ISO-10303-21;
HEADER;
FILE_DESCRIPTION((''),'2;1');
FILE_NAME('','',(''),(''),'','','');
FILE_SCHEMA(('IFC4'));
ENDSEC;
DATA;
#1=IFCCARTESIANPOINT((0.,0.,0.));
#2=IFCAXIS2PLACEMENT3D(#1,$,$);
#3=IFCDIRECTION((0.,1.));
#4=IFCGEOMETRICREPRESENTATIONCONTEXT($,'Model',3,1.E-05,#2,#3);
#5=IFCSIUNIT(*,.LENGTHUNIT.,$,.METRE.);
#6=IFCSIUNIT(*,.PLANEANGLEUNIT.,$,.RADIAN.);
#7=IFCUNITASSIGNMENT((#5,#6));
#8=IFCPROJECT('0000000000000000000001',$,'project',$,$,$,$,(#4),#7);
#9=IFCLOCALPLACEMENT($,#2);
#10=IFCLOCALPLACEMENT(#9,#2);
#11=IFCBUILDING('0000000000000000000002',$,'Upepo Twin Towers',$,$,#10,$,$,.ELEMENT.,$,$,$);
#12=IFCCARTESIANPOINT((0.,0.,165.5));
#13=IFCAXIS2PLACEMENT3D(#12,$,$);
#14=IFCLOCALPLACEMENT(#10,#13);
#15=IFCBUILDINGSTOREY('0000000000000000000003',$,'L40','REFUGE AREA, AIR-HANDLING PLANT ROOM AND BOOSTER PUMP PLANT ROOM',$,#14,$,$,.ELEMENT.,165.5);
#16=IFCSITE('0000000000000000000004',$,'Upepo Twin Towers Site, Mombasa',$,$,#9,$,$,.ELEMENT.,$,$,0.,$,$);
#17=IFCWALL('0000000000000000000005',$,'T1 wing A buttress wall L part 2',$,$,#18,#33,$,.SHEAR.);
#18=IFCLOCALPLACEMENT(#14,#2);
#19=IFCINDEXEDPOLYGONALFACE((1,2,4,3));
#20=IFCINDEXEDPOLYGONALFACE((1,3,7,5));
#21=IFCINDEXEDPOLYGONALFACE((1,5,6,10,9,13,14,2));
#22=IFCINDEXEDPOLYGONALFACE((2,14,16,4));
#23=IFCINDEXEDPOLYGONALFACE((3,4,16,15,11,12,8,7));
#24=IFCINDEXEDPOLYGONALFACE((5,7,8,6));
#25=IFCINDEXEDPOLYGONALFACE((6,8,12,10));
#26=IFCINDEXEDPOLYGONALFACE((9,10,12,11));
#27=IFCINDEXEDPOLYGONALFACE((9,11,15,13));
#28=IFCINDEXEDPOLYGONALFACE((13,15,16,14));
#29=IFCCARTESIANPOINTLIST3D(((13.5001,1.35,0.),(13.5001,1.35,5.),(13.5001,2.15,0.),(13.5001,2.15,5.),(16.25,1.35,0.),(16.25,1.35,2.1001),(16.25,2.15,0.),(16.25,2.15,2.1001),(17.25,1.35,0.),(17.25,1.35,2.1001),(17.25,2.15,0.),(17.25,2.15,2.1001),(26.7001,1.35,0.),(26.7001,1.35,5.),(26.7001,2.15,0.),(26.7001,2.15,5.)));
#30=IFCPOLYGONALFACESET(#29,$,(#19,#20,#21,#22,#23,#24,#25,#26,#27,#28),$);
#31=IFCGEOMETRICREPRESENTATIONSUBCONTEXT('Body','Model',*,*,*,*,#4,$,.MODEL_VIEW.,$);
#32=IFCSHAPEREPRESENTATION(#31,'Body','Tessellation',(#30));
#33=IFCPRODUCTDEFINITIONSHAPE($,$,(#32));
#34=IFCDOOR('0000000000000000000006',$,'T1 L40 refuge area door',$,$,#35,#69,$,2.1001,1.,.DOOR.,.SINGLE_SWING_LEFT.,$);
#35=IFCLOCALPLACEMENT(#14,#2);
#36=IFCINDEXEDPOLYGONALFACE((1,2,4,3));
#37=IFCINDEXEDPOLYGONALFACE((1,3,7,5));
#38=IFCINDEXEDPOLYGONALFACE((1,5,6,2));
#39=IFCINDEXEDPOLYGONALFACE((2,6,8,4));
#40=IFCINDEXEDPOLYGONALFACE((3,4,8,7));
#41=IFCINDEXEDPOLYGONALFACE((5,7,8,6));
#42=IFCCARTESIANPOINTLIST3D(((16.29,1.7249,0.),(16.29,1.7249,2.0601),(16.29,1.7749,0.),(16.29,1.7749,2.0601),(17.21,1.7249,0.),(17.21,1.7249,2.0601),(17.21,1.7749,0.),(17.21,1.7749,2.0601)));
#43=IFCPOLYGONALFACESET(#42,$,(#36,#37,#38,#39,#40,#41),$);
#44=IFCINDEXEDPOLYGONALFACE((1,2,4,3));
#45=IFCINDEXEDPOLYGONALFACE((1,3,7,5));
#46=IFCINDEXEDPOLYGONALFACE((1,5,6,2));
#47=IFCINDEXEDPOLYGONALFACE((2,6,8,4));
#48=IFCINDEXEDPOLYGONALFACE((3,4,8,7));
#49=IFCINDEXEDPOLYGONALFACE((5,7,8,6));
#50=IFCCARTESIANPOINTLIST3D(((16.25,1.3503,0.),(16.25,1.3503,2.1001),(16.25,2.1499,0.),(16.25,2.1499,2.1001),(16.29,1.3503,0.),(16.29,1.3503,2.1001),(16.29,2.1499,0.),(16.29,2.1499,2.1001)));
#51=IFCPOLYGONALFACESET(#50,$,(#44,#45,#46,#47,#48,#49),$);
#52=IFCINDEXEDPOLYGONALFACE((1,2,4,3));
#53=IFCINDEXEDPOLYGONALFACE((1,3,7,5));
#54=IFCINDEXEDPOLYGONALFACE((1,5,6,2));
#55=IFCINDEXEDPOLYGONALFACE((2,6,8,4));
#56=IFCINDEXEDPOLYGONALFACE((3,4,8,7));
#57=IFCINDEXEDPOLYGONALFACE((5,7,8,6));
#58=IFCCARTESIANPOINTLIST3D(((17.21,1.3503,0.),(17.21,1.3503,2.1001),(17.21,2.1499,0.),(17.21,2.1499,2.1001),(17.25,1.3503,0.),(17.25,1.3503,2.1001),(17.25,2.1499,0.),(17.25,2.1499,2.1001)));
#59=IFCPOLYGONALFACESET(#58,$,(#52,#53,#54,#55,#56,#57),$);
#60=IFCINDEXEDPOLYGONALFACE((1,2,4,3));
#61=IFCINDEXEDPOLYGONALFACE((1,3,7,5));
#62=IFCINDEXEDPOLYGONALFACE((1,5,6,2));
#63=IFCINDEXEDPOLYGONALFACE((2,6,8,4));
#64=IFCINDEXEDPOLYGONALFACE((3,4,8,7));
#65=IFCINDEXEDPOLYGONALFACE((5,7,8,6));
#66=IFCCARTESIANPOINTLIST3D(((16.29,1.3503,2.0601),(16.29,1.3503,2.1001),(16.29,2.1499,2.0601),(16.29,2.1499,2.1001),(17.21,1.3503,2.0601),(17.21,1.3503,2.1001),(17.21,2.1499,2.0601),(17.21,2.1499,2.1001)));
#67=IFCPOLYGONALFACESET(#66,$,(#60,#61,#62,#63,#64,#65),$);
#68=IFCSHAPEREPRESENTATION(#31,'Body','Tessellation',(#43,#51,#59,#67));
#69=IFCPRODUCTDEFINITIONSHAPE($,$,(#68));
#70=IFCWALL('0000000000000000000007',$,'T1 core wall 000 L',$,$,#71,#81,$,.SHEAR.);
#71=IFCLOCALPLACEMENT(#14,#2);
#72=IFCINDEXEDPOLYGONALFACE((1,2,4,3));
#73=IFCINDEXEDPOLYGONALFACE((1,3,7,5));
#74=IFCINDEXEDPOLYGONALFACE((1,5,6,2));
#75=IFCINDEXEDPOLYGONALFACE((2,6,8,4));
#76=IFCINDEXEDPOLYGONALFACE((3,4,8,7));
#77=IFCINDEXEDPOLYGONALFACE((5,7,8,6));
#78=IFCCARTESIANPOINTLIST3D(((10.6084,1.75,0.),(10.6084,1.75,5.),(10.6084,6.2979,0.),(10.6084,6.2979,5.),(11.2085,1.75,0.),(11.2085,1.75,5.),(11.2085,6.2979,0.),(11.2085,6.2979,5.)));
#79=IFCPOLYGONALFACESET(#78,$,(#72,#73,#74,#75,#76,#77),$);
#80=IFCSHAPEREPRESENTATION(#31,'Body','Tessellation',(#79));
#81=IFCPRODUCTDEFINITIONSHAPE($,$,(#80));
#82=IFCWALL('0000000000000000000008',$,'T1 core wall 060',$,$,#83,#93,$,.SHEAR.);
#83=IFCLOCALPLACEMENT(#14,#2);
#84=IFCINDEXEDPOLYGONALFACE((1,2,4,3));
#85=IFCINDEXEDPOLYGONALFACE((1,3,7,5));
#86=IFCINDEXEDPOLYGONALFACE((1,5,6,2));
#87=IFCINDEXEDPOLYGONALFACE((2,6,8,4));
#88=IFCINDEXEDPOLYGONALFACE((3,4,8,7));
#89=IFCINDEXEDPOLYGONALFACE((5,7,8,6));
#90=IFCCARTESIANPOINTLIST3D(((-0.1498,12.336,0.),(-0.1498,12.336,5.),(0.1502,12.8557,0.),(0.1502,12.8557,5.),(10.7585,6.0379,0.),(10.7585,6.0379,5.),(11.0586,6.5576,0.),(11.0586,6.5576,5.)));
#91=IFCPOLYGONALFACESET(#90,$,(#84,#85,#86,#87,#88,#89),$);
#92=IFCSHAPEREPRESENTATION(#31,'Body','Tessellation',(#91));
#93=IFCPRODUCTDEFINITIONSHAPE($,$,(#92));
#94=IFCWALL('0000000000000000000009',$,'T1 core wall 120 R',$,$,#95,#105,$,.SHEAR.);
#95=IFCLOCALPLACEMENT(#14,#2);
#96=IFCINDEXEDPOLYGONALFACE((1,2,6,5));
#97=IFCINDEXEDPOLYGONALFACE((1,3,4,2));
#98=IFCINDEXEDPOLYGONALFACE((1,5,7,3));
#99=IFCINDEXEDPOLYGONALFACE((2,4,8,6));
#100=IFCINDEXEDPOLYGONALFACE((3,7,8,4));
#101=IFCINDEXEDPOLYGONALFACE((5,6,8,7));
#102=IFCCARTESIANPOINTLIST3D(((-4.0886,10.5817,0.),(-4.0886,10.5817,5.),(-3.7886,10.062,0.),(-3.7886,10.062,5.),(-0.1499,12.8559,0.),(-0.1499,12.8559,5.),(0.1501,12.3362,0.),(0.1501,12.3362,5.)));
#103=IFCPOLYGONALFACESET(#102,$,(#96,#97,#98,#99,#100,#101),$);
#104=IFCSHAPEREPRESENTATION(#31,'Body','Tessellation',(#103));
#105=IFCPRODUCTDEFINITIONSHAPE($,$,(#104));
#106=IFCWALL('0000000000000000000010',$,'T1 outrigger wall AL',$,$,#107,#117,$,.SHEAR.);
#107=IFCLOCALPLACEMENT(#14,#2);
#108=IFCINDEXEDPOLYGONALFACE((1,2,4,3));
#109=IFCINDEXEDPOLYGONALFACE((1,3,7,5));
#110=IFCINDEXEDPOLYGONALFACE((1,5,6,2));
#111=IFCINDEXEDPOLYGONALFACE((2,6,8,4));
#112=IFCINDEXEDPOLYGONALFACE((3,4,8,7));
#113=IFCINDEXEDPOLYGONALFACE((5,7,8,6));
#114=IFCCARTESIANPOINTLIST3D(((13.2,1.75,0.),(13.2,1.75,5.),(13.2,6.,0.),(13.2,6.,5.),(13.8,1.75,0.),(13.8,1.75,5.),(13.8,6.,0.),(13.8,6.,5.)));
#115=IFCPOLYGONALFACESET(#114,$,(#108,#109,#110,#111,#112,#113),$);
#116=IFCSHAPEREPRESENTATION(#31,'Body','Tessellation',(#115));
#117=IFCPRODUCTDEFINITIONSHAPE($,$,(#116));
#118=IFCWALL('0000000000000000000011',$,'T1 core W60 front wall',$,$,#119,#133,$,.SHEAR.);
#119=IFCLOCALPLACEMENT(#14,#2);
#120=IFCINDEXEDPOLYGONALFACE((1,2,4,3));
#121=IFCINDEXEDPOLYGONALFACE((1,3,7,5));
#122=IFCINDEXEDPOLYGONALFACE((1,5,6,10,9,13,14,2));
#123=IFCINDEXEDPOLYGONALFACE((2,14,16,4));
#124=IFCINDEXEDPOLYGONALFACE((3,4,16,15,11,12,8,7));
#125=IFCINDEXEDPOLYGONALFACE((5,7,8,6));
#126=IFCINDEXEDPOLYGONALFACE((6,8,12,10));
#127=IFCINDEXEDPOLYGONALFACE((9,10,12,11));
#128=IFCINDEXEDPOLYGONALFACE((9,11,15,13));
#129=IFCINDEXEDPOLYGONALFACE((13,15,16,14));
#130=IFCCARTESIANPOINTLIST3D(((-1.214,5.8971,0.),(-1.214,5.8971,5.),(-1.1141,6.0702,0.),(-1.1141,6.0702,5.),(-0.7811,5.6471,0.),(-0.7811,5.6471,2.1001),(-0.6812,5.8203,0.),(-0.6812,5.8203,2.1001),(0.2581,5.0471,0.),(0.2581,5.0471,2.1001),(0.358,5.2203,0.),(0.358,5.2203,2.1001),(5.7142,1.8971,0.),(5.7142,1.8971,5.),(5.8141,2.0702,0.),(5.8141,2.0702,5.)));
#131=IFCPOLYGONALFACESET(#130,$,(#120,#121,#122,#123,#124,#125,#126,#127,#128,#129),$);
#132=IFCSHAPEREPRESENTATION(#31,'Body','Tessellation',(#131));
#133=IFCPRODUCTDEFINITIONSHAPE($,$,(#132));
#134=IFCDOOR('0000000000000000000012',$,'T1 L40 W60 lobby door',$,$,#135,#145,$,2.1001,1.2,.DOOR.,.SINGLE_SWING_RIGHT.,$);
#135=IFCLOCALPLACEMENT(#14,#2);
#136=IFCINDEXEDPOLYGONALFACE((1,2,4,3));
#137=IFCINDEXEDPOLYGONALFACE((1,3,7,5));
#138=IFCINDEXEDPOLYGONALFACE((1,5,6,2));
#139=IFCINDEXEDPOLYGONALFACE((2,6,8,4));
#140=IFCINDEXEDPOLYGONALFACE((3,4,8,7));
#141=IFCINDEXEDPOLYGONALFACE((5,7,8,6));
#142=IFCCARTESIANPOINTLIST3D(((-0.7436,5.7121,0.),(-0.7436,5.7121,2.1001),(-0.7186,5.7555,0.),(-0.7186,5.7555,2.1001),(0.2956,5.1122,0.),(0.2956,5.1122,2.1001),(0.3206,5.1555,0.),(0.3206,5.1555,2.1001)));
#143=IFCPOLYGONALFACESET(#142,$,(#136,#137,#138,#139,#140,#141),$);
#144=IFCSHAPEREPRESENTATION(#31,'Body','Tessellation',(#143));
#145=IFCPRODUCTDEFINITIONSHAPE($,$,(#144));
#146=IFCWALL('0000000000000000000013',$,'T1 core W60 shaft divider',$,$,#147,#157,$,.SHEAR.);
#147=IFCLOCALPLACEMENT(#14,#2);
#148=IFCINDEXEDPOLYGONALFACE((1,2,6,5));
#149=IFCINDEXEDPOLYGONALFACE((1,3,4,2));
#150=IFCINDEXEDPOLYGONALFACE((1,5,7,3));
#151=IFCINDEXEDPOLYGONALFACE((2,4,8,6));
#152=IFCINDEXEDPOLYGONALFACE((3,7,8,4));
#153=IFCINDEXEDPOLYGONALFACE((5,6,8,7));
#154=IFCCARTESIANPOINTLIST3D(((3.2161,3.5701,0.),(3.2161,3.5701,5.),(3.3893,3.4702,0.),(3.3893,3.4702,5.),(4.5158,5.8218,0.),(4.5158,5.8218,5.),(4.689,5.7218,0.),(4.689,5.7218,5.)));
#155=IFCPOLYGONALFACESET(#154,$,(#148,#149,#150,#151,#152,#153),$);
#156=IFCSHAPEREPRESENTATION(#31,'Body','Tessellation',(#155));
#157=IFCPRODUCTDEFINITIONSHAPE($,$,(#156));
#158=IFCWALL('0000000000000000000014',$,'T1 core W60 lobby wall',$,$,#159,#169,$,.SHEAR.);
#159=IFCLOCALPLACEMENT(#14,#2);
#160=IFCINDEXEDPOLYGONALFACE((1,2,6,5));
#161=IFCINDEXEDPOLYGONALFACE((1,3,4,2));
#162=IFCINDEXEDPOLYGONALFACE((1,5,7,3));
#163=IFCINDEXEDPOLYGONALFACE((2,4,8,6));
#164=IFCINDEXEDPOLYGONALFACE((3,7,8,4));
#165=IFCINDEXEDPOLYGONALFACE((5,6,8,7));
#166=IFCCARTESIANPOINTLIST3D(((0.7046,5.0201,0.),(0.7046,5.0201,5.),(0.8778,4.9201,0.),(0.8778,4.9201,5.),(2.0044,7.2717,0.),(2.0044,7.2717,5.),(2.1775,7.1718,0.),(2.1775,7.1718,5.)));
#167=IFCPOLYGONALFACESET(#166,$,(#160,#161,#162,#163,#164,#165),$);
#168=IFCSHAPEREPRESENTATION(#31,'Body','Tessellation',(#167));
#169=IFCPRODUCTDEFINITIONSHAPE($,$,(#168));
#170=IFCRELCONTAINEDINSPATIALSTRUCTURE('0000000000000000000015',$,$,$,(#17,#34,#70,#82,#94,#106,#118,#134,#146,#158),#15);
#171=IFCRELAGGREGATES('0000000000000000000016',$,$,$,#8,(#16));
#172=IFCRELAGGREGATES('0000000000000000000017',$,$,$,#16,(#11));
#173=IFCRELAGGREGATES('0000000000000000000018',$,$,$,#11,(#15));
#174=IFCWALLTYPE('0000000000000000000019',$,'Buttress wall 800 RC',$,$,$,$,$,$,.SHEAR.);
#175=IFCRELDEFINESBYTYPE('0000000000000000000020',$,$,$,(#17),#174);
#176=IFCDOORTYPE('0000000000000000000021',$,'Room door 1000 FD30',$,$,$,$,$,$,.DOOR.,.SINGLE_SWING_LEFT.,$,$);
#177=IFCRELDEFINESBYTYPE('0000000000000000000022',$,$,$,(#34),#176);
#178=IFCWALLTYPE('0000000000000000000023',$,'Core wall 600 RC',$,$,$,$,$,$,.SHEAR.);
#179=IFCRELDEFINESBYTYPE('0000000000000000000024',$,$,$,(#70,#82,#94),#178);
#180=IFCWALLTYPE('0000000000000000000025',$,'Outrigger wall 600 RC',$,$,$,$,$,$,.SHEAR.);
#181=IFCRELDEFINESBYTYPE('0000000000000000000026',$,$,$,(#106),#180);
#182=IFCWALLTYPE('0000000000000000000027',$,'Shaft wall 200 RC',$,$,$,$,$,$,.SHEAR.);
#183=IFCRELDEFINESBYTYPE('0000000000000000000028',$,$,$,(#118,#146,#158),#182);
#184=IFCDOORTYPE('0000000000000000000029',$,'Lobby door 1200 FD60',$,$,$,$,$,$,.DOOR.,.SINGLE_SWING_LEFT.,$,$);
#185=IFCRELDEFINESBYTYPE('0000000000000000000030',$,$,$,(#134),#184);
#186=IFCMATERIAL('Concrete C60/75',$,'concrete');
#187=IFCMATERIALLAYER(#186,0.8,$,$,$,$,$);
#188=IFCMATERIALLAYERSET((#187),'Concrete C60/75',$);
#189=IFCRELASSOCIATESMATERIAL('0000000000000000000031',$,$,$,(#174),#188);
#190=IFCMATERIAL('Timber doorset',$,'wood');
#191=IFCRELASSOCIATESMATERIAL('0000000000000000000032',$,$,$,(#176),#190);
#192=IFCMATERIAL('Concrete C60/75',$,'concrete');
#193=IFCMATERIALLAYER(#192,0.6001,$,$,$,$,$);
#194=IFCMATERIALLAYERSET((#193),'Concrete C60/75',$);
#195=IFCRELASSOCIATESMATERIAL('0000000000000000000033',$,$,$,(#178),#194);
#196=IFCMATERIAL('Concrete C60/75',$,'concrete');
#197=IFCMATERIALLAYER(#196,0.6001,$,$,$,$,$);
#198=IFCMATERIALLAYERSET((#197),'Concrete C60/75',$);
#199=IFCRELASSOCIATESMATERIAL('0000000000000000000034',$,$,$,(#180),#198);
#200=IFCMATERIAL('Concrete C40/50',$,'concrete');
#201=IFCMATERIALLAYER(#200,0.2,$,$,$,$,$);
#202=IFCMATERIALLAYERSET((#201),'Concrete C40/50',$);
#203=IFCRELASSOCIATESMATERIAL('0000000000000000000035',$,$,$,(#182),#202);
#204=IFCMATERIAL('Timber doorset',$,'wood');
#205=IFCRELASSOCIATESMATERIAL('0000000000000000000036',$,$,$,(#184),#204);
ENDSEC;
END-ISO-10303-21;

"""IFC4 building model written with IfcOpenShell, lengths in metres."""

from ifc_helpers import new_model, si_unit, direction, frame, frame_2d, origin, place, context, subcontext, project, spatial, rectangle, extrude, material, layer, layer_set, type_object, element, fill, save


model = new_model("IFC4")

# Units and contexts
model_context = context("Model", 3, precision=1e-05, world=origin(), true_north=direction((0.0, 1.0)))
body_context = subcontext(model_context, "Body", "Model", "MODEL_VIEW")
ifc_project = project(units=[si_unit("LENGTHUNIT", "METRE"), si_unit("PLANEANGLEUNIT", "RADIAN")], contexts=[model_context])

# Site, building, storey
site_placement = place(None, origin())
site = spatial("IfcSite", under=ifc_project, at=site_placement, Name="Upepo Twin Towers Site, Mombasa", CompositionType="ELEMENT", RefElevation=0.0)
building_placement = place(site_placement, origin())
building = spatial("IfcBuilding", under=site, at=building_placement, Name="Upepo Twin Towers", CompositionType="ELEMENT")
storey_placement = place(building_placement, frame((0.0, 0.0, 165.5)))
storey = spatial("IfcBuildingStorey", under=building, at=storey_placement, Name="L40", Description="REFUGE AREA, AIR-HANDLING PLANT ROOM AND BOOSTER PUMP PLANT ROOM", CompositionType="ELEMENT", Elevation=165.5)

# Wall, opening, door
ifc_material_1 = material(Name="Concrete C60/75", Category="concrete")
ifc_layer_1 = layer(ifc_material_1, 0.8)
ifc_layer_set_1 = layer_set([ifc_layer_1], Name="Concrete C60/75")
wall_type_1 = type_object("IfcWallType", Name="Buttress wall 800 RC", PredefinedType="SHEAR", material=ifc_layer_set_1)
wall_1_placement = place(storey_placement, frame((13.5, 1.75, 0.0), z_axis=(0.0, 0.0, 1.0), x_axis=(1.0, 0.0, 0.0)))
wall_1 = element("IfcWall", 1, at=wall_1_placement, inside=storey, type_object=wall_type_1, Name="T1 wing A buttress wall L part 2", PredefinedType="SHEAR", context=body_context, shape_type="SweptSolid", body=[
    extrude(rectangle(XDim=13.2, YDim=0.8, at=frame_2d((6.6001, 0.0))), origin(), (0.0, 0.0, 1.0), 5.0),
])
opening_1_placement = place(wall_1_placement, frame((2.75, 0.0, 0.0)))
opening_1 = element("IfcOpeningElement", 2, at=opening_1_placement, cuts=wall_1, PredefinedType="OPENING", context=body_context, shape_type="SweptSolid", body=[
    extrude(rectangle(XDim=1.0, YDim=2.1001, at=frame_2d((0.5, 1.05))), frame((0.0, 0.4099, 0.0), z_axis=(0.0, -1.0, 0.0), x_axis=(1.0, 0.0, 0.0)), (0.0, 0.0, 1.0), 0.8201),
])
ifc_material_2 = material(Name="Timber doorset", Category="wood")
door_type_1 = type_object("IfcDoorType", Name="Room door 1000 FD30", OperationType="SINGLE_SWING_LEFT", PredefinedType="DOOR", material=ifc_material_2)
door_1_placement = place(opening_1_placement, origin())
door_1 = element("IfcDoor", 3, at=door_1_placement, inside=storey, type_object=door_type_1, Name="T1 L40 refuge area door", OperationType="SINGLE_SWING_LEFT", OverallHeight=2.1001, OverallWidth=1.0, PredefinedType="DOOR", context=body_context, shape_type="SweptSolid", body=[
    extrude(rectangle(XDim=0.92, YDim=2.0601, at=frame_2d((0.5, 1.03))), frame((0.0, 0.0249, 0.0), z_axis=(0.0, -1.0, 0.0), x_axis=(1.0, 0.0, 0.0)), (0.0, 0.0, 1.0), 0.05),
    extrude(rectangle(XDim=0.04, YDim=2.1001, at=frame_2d((0.02, 1.05))), frame((0.0, 0.3999, 0.0), z_axis=(0.0, -1.0, 0.0), x_axis=(1.0, 0.0, 0.0)), (0.0, 0.0, 1.0), 0.7996),
    extrude(rectangle(XDim=0.04, YDim=2.1001, at=frame_2d((0.98, 1.05))), frame((0.0, 0.3999, 0.0), z_axis=(0.0, -1.0, 0.0), x_axis=(1.0, 0.0, 0.0)), (0.0, 0.0, 1.0), 0.7996),
    extrude(rectangle(XDim=0.92, YDim=0.04, at=frame_2d((0.5, 2.0801))), frame((0.0, 0.3999, 0.0), z_axis=(0.0, -1.0, 0.0), x_axis=(1.0, 0.0, 0.0)), (0.0, 0.0, 1.0), 0.7996),
])
fill(opening_1, door_1)

# Walls
ifc_material_3 = material(Name="Concrete C60/75", Category="concrete")
ifc_layer_2 = layer(ifc_material_3, 0.6001)
ifc_layer_set_2 = layer_set([ifc_layer_2], Name="Concrete C60/75")
wall_type_2 = type_object("IfcWallType", Name="Core wall 600 RC", PredefinedType="SHEAR", material=ifc_layer_set_2)
wall_2_placement = place(storey_placement, frame((10.9084, 1.75, 0.0), z_axis=(0.0, 0.0, 1.0), x_axis=(0.0, 1.0, 0.0)))
element("IfcWall", 4, at=wall_2_placement, inside=storey, type_object=wall_type_2, Name="T1 core wall 000 L", PredefinedType="SHEAR", context=body_context, shape_type="SweptSolid", body=[
    extrude(rectangle(XDim=4.5479, YDim=0.6001, at=frame_2d((2.2739, 0.0))), origin(), (0.0, 0.0, 1.0), 5.0),
])
wall_3_placement = place(storey_placement, frame((10.9084, 6.2979, 0.0), z_axis=(0.0, 0.0, 1.0), x_axis=(-0.866022, 0.500006, 0.0)))
element("IfcWall", 5, at=wall_3_placement, inside=storey, type_object=wall_type_2, Name="T1 core wall 060", PredefinedType="SHEAR", context=body_context, shape_type="SweptSolid", body=[
    extrude(rectangle(XDim=12.5959, YDim=0.6001, at=frame_2d((6.2979, 0.0))), origin(), (0.0, 0.0, 1.0), 5.0),
])
wall_4_placement = place(storey_placement, frame((0.0, 12.5959, 0.0), z_axis=(0.0, 0.0, 1.0), x_axis=(-0.866011, -0.500024, 0.0)))
element("IfcWall", 6, at=wall_4_placement, inside=storey, type_object=wall_type_2, Name="T1 core wall 120 R", PredefinedType="SHEAR", context=body_context, shape_type="SweptSolid", body=[
    extrude(rectangle(XDim=4.5481, YDim=0.6001, at=frame_2d((2.2739, 0.0))), origin(), (0.0, 0.0, 1.0), 5.0),
])
ifc_material_4 = material(Name="Concrete C60/75", Category="concrete")
ifc_layer_3 = layer(ifc_material_4, 0.6001)
ifc_layer_set_3 = layer_set([ifc_layer_3], Name="Concrete C60/75")
wall_type_3 = type_object("IfcWallType", Name="Outrigger wall 600 RC", PredefinedType="SHEAR", material=ifc_layer_set_3)
wall_5_placement = place(storey_placement, frame((13.5, 1.75, 0.0), z_axis=(0.0, 0.0, 1.0), x_axis=(0.0, 1.0, 0.0)))
element("IfcWall", 7, at=wall_5_placement, inside=storey, type_object=wall_type_3, Name="T1 outrigger wall AL", PredefinedType="SHEAR", context=body_context, shape_type="SweptSolid", body=[
    extrude(rectangle(XDim=4.25, YDim=0.6001, at=frame_2d((2.125, 0.0))), origin(), (0.0, 0.0, 1.0), 5.0),
])

# Wall, opening, door
ifc_material_5 = material(Name="Concrete C40/50", Category="concrete")
ifc_layer_4 = layer(ifc_material_5, 0.2)
ifc_layer_set_4 = layer_set([ifc_layer_4], Name="Concrete C40/50")
wall_type_4 = type_object("IfcWallType", Name="Shaft wall 200 RC", PredefinedType="SHEAR", material=ifc_layer_set_4)
wall_6_placement = place(storey_placement, frame((5.7642, 1.9836, 0.0), z_axis=(0.0, 0.0, 1.0), x_axis=(-0.866026, 0.499999, 0.0)))
wall_6 = element("IfcWall", 8, at=wall_6_placement, inside=storey, type_object=wall_type_4, Name="T1 core W60 front wall", PredefinedType="SHEAR", context=body_context, shape_type="SweptSolid", body=[
    extrude(rectangle(XDim=8.0, YDim=0.2, at=frame_2d((4.0, 0.0))), origin(), (0.0, 0.0, 1.0), 5.0),
])
opening_2_placement = place(wall_6_placement, frame((6.3, 0.0, 0.0)))
opening_2 = element("IfcOpeningElement", 9, at=opening_2_placement, cuts=wall_6, PredefinedType="OPENING", context=body_context, shape_type="SweptSolid", body=[
    extrude(rectangle(XDim=1.2, YDim=2.1001, at=frame_2d((0.6001, 1.05))), frame((0.0, 0.1099, 0.0), z_axis=(0.0, -1.0, 0.0), x_axis=(1.0, 0.0, 0.0)), (0.0, 0.0, 1.0), 0.22),
])
ifc_material_6 = material(Name="Timber doorset", Category="wood")
door_type_2 = type_object("IfcDoorType", Name="Lobby door 1200 FD60", OperationType="SINGLE_SWING_LEFT", PredefinedType="DOOR", material=ifc_material_6)
door_2_placement = place(opening_2_placement, origin())
door_2 = element("IfcDoor", 10, at=door_2_placement, inside=storey, type_object=door_type_2, Name="T1 L40 W60 lobby door", OperationType="SINGLE_SWING_RIGHT", OverallHeight=2.1001, OverallWidth=1.2, PredefinedType="DOOR", context=body_context, shape_type="SweptSolid", body=[
    extrude(rectangle(XDim=1.2, YDim=2.1001, at=frame_2d((0.6001, 1.05))), frame((0.0, 0.0249, 0.0), z_axis=(0.0, -1.0, 0.0), x_axis=(1.0, 0.0, 0.0)), (0.0, 0.0, 1.0), 0.05),
])
fill(opening_2, door_2)

# Walls
for number, where, z_axis, x_axis, name in (
    (11, (3.3027, 3.5203, 0.0), (0.0, 0.0, 1.0), (0.499937, 0.866062, 0.0), "T1 core W60 shaft divider"),
    (12, (0.7913, 4.9702, 0.0), (0.0, 0.0, 1.0), (0.499937, 0.866062, 0.0), "T1 core W60 lobby wall"),
):
    element("IfcWall", number, at=place(storey_placement, frame(where, z_axis=z_axis, x_axis=x_axis)), inside=storey, type_object=wall_type_4, Name=name, PredefinedType="SHEAR", context=body_context, shape_type="SweptSolid", body=[
        extrude(rectangle(XDim=2.5999, YDim=0.2, at=frame_2d((1.2998, 0.0))), origin(), (0.0, 0.0, 1.0), 5.0),
    ])

save(model, "model.ifc")
